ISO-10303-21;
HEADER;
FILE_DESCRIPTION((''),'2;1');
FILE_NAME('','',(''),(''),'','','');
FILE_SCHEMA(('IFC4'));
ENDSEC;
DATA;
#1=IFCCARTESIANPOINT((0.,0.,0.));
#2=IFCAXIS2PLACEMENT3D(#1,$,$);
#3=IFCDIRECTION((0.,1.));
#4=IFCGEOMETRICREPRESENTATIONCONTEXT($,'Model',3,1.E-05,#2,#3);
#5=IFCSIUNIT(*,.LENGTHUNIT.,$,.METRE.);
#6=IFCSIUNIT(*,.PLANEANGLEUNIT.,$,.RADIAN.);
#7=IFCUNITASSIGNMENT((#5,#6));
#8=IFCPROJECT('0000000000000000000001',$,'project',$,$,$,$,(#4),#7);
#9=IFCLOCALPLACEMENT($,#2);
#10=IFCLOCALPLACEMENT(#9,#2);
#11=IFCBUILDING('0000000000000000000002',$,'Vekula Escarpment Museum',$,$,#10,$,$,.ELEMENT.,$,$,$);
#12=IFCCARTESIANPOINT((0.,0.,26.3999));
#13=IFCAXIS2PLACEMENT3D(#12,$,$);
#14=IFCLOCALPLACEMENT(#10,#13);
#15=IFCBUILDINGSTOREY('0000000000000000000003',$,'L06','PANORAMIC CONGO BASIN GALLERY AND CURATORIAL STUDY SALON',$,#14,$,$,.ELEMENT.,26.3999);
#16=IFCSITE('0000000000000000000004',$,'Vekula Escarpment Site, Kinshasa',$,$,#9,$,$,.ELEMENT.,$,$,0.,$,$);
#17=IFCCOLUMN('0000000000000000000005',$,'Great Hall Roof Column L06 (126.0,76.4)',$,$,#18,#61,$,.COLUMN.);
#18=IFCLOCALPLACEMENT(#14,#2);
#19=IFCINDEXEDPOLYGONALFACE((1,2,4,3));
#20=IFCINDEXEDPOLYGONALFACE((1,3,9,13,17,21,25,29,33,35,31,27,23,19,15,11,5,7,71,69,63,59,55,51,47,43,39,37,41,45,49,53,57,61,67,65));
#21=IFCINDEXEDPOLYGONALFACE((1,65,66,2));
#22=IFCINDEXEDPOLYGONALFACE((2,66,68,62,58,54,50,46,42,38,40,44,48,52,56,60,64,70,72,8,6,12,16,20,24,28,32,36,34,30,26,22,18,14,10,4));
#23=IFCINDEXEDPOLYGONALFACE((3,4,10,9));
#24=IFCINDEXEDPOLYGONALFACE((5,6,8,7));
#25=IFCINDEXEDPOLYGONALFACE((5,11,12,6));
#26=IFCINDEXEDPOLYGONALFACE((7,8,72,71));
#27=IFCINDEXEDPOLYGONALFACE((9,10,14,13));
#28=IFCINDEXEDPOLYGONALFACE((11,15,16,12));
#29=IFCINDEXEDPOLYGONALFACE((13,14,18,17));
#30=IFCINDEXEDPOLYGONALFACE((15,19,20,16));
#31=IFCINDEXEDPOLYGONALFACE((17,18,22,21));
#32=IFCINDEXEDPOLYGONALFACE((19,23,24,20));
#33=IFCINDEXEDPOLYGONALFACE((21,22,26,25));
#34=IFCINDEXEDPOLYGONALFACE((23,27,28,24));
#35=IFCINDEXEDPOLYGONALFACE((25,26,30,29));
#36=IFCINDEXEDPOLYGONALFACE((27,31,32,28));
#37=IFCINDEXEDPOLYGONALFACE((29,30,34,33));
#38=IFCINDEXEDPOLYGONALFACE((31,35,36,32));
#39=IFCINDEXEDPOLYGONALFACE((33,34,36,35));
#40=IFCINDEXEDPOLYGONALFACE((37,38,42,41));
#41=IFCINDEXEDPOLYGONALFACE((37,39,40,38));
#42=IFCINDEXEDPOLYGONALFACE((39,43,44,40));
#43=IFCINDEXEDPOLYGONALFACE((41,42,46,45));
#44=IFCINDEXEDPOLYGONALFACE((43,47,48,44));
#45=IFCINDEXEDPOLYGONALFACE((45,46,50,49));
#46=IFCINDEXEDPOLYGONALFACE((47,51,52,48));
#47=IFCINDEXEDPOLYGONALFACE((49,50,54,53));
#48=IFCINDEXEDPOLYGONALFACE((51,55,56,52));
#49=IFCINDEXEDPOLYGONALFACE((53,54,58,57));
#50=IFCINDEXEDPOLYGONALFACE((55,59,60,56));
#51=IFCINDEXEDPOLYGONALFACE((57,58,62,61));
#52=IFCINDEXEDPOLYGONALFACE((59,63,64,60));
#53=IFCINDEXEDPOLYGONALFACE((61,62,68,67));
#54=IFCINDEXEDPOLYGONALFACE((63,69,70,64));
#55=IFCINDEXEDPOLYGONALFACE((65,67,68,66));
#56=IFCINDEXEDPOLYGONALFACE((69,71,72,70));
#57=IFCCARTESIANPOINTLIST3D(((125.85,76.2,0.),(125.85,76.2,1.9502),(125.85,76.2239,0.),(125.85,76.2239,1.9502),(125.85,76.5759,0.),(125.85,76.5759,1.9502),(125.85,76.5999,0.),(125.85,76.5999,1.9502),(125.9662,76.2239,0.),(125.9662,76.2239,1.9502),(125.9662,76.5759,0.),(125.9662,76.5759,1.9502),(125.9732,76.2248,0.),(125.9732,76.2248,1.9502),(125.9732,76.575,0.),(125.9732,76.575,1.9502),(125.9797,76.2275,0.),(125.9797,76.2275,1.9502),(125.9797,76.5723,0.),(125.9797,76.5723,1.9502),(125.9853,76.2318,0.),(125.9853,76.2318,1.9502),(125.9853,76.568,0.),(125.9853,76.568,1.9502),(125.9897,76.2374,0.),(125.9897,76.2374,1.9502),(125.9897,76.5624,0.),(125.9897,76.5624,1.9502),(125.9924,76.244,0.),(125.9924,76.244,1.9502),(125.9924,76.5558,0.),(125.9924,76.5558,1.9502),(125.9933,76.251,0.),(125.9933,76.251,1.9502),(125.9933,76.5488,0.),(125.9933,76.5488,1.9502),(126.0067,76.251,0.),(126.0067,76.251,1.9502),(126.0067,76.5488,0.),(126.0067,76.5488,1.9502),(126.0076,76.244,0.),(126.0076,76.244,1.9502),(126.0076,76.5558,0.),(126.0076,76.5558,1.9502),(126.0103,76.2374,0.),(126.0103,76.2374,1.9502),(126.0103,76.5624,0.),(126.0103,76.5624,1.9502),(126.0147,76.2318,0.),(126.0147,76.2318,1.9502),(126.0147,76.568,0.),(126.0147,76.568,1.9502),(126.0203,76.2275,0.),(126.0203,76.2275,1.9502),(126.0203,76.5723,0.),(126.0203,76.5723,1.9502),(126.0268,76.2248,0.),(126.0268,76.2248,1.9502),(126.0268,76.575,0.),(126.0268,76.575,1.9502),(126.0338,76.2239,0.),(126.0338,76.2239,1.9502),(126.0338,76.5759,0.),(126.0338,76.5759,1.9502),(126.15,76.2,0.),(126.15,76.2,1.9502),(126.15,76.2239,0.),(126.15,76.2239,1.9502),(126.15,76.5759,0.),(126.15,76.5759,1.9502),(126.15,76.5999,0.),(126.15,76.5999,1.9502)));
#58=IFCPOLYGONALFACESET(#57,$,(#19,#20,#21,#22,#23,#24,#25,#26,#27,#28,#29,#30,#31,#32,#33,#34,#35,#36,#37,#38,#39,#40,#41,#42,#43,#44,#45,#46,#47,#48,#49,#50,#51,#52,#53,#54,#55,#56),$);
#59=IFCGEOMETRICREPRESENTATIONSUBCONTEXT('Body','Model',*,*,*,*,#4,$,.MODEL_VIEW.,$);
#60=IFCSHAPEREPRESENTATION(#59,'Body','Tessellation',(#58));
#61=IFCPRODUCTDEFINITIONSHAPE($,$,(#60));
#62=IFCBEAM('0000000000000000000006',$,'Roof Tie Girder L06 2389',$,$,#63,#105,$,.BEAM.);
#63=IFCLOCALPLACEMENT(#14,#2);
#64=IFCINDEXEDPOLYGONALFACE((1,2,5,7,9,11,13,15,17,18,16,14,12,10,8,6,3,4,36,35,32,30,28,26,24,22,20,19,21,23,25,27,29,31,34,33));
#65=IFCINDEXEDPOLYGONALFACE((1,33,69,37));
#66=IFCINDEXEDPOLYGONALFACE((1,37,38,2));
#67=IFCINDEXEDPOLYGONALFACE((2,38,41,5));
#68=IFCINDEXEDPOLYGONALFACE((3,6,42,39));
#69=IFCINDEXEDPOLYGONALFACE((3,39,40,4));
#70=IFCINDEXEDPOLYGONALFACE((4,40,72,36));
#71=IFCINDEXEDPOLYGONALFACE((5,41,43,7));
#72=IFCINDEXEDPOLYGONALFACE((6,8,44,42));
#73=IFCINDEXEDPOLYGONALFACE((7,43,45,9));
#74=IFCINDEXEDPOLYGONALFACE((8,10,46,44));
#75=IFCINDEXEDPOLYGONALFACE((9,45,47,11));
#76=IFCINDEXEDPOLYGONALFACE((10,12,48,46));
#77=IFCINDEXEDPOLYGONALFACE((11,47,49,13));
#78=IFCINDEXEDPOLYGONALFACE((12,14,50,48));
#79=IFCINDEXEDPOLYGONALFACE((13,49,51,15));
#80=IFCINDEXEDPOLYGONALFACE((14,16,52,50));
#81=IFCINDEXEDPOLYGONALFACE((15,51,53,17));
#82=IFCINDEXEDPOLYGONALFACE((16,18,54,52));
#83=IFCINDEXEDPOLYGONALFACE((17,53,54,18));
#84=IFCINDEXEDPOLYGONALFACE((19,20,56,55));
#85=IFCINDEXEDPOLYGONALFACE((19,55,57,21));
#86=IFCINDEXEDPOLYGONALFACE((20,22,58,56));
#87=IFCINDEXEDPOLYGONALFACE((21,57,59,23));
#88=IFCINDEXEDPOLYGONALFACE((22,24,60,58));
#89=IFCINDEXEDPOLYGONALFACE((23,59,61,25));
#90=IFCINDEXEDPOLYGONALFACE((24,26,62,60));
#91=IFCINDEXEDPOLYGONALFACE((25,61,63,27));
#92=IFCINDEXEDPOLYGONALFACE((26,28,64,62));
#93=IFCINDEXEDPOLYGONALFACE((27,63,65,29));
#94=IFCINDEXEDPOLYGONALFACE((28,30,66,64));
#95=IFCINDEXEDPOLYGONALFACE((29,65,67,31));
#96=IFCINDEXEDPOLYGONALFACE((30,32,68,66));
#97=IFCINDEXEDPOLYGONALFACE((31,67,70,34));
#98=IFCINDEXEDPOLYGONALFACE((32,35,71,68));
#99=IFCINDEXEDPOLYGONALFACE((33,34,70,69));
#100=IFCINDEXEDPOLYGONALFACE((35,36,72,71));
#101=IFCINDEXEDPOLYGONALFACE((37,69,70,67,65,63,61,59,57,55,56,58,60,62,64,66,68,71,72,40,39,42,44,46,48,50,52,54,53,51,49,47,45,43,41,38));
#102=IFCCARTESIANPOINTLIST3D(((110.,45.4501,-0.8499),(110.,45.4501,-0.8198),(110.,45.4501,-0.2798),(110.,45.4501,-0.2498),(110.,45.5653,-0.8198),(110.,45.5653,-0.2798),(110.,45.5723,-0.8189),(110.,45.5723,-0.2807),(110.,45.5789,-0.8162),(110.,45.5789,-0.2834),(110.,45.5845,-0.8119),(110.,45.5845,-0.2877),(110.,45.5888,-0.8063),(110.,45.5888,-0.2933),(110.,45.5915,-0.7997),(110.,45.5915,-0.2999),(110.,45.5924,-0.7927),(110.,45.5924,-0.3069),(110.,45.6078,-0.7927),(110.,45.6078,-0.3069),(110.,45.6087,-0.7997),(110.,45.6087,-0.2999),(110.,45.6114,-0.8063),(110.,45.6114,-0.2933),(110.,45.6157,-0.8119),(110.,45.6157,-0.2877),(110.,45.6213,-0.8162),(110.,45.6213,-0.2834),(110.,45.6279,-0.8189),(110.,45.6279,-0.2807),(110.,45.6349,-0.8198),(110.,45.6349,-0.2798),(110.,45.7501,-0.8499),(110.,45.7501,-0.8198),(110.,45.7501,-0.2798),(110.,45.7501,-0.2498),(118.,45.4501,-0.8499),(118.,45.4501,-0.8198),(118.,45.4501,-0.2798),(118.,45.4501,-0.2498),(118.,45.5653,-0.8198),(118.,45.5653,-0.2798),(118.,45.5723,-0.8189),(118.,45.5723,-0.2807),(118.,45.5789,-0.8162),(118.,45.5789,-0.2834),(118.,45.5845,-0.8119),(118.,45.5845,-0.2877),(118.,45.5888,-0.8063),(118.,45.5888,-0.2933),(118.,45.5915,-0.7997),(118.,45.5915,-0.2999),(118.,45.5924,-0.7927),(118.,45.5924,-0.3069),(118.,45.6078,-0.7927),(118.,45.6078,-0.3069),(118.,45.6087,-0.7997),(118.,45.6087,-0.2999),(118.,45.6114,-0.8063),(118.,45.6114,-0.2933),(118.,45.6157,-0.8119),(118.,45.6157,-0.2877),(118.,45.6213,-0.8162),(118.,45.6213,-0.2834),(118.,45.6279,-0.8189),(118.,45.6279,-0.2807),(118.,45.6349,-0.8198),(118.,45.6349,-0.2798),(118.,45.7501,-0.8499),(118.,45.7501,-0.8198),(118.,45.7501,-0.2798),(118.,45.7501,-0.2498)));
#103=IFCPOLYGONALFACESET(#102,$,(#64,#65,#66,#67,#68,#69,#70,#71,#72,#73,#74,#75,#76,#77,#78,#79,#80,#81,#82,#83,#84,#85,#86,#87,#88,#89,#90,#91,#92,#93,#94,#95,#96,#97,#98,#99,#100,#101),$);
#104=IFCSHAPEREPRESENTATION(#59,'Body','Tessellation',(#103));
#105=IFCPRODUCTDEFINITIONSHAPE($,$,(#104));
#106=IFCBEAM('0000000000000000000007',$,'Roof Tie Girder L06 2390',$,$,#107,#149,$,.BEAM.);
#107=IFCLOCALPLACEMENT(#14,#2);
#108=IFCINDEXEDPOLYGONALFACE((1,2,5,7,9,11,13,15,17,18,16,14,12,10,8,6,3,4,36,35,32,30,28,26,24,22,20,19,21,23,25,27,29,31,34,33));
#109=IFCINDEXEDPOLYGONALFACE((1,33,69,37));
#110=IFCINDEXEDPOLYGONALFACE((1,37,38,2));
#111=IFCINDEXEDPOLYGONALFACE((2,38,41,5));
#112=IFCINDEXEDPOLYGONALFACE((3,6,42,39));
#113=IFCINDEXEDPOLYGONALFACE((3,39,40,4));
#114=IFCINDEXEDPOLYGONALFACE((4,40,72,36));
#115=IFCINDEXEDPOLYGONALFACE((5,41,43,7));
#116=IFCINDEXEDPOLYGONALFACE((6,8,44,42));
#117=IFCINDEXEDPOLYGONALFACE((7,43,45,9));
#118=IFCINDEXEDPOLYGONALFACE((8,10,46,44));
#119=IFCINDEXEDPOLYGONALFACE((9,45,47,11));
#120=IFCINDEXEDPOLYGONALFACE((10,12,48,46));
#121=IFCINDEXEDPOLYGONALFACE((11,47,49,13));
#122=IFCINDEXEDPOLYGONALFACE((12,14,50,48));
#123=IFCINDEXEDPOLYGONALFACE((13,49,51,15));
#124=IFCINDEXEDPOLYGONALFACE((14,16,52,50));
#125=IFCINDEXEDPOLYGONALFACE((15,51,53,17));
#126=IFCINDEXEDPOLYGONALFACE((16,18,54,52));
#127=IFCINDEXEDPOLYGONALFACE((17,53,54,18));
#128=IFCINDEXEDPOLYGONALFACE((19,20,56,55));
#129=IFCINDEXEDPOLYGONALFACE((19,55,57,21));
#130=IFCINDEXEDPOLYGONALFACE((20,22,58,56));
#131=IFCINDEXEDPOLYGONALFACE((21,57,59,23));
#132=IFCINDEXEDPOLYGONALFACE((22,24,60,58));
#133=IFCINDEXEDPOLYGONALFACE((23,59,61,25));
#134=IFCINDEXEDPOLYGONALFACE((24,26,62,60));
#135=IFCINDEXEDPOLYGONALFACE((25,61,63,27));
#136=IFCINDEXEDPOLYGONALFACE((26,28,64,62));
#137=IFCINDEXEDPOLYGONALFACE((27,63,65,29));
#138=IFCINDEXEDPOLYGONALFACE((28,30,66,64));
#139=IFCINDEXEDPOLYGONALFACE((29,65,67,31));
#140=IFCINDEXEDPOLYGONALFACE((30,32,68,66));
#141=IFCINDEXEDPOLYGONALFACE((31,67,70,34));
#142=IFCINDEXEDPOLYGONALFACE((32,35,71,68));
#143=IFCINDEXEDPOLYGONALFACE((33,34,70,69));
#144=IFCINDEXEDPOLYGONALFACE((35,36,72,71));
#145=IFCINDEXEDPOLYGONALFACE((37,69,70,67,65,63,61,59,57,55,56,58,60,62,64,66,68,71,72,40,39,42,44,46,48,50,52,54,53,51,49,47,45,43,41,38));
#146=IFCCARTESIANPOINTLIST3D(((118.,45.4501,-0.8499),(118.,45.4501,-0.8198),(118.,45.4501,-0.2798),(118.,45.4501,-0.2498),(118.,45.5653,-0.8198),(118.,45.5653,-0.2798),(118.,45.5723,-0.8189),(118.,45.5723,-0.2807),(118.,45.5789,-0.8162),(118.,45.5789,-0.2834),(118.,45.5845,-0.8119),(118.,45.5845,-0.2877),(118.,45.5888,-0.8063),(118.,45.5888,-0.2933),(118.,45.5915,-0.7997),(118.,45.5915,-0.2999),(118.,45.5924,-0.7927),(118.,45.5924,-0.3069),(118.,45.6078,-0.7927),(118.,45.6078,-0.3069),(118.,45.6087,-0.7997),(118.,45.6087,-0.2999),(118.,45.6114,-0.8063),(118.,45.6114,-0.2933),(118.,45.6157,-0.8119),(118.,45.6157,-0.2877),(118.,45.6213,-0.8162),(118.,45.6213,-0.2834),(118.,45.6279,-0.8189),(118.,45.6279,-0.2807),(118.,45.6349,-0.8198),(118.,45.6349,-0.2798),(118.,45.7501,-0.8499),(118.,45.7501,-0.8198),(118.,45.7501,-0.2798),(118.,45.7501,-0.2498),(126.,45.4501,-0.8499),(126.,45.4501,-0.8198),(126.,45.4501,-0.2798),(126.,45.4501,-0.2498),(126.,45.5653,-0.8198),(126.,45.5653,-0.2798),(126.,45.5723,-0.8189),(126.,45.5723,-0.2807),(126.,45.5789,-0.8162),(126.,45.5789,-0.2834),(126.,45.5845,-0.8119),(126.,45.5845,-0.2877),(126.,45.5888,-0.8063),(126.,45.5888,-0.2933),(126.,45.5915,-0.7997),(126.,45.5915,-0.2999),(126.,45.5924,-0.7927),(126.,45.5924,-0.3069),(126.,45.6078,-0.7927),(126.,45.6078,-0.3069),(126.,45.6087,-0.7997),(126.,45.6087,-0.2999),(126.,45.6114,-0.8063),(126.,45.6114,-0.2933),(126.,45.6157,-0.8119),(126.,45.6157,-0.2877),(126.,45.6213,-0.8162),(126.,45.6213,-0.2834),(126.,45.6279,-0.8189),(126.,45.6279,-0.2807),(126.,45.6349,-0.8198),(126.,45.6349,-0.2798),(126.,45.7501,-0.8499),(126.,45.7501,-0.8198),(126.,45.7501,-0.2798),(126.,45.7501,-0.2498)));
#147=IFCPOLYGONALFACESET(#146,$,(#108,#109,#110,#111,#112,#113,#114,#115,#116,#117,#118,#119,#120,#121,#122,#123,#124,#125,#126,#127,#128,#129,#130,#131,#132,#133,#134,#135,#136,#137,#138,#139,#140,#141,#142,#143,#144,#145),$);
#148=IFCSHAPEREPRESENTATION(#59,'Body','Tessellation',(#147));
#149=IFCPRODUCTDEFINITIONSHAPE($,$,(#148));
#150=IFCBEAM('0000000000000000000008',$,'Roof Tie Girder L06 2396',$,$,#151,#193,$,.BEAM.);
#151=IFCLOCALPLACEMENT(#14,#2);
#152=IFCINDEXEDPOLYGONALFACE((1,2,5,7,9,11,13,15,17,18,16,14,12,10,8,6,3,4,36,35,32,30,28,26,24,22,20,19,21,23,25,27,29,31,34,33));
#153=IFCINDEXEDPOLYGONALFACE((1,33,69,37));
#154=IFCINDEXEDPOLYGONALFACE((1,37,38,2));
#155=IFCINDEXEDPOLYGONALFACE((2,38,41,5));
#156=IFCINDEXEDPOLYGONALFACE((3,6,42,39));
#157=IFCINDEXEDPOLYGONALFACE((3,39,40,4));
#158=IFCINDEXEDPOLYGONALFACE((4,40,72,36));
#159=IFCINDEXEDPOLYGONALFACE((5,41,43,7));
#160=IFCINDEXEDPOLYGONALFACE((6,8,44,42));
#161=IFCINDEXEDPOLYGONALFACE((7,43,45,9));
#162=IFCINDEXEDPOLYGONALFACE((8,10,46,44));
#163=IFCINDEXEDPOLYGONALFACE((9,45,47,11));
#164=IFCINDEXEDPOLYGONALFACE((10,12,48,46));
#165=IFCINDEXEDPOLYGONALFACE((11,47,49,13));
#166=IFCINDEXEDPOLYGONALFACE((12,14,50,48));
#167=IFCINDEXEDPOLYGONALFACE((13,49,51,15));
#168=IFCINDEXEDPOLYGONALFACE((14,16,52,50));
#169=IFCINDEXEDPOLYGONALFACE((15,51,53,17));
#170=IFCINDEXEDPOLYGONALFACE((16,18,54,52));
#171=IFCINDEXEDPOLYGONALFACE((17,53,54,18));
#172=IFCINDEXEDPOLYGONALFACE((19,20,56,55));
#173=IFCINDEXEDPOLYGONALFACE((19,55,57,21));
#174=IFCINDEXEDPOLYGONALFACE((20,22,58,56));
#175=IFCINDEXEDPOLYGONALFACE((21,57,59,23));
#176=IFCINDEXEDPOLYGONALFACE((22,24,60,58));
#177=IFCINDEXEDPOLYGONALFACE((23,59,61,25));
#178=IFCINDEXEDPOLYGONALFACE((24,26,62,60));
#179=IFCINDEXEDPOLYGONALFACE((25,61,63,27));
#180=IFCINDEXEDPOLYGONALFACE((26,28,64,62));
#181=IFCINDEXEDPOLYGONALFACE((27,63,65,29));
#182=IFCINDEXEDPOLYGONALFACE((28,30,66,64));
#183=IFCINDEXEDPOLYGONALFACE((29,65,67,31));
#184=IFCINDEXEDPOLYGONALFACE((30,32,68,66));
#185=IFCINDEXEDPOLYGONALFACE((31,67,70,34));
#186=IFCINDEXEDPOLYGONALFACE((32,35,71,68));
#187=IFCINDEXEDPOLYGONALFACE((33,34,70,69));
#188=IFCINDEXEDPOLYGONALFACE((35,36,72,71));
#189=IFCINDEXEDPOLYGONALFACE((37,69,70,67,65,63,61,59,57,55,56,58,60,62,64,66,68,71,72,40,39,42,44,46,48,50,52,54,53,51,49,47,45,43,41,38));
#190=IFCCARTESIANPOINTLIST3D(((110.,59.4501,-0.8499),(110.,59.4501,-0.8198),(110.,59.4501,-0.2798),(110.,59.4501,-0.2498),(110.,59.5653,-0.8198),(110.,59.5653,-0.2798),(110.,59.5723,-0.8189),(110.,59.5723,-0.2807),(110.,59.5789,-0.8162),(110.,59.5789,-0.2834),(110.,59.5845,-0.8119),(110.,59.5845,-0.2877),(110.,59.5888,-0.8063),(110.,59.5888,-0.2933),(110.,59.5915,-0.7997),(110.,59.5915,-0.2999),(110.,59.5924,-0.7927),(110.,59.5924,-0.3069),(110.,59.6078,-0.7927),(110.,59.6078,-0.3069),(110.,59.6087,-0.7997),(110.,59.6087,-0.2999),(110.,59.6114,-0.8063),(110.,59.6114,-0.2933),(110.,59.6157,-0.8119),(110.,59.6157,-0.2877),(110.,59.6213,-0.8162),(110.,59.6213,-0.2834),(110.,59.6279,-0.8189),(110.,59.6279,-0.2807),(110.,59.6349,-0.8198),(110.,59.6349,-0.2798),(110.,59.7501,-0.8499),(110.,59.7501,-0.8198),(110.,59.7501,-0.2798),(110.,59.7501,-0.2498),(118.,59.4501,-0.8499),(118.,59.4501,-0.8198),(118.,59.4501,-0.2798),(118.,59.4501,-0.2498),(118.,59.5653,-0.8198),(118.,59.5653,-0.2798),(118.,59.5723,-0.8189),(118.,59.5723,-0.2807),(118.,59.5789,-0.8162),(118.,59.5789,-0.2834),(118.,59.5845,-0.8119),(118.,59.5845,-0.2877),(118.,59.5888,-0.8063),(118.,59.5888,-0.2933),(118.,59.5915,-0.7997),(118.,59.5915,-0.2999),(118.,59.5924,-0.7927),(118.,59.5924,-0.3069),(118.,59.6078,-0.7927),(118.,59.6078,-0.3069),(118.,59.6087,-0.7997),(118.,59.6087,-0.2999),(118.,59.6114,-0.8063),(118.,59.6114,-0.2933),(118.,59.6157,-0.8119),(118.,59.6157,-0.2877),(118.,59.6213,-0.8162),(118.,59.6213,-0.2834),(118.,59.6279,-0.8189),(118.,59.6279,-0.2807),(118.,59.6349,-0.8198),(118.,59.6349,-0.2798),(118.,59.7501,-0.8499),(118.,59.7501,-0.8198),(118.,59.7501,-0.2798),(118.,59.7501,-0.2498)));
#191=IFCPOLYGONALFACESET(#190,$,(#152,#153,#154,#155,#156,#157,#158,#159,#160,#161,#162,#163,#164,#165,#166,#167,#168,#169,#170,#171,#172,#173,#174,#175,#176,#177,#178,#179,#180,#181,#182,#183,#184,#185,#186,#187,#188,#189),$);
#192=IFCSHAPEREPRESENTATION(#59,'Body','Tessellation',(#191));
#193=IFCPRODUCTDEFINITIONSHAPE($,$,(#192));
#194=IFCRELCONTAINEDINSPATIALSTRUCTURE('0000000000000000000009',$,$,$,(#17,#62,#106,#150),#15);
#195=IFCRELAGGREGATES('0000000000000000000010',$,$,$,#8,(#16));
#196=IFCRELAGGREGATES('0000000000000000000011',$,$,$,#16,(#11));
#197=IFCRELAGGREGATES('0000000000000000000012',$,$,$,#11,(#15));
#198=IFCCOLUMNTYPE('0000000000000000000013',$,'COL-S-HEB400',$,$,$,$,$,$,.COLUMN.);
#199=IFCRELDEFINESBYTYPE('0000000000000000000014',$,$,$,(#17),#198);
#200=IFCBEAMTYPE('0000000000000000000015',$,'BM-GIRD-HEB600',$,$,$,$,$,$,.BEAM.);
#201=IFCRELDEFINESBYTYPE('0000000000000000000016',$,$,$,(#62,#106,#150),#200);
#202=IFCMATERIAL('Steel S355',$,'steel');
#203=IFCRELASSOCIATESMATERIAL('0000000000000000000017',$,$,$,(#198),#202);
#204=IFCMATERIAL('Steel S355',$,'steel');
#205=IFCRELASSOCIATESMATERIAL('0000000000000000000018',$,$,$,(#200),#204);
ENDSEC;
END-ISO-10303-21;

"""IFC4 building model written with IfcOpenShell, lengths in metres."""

from ifc_helpers import new_model, si_unit, direction, frame, origin, origin_2d, place, context, subcontext, project, spatial, i_section, extrude, material, material_profile, profile_set, type_object, element, save


model = new_model("IFC4")

# Units and contexts
model_context = context("Model", 3, precision=1e-05, world=origin(), true_north=direction((0.0, 1.0)))
body_context = subcontext(model_context, "Body", "Model", "MODEL_VIEW")
ifc_project = project(units=[si_unit("LENGTHUNIT", "METRE"), si_unit("PLANEANGLEUNIT", "RADIAN")], contexts=[model_context])

# Site, building, storey
site_placement = place(None, origin())
site = spatial("IfcSite", under=ifc_project, at=site_placement, Name="Vekula Escarpment Site, Kinshasa", CompositionType="ELEMENT", RefElevation=0.0)
building_placement = place(site_placement, origin())
building = spatial("IfcBuilding", under=site, at=building_placement, Name="Vekula Escarpment Museum", CompositionType="ELEMENT")
storey_placement = place(building_placement, frame((0.0, 0.0, 26.3999)))
storey = spatial("IfcBuildingStorey", under=building, at=storey_placement, Name="L06", Description="PANORAMIC CONGO BASIN GALLERY AND CURATORIAL STUDY SALON", CompositionType="ELEMENT", Elevation=26.3999)

# Column
ifc_material_1 = material(Name="Steel S355", Category="steel")
ifc_material_profile_1 = material_profile(ifc_material_1, i_section(OverallWidth=0.3, OverallDepth=0.3999, WebThickness=0.0134, FlangeThickness=0.0239, FilletRadius=0.0271, at=origin_2d()), Name="HEB 400")
ifc_profile_set_1 = profile_set([ifc_material_profile_1], Name="Steel S355")
column_type = type_object("IfcColumnType", Name="COL-S-HEB400", PredefinedType="COLUMN", material=ifc_profile_set_1)
for number, where, z_axis, x_axis, name in (
    (1, (126.0, 76.3999, 0.0), (0.0, 0.0, 1.0), (1.0, 0.0, 0.0), "Great Hall Roof Column L06 (126.0,76.4)"),
):
    element("IfcColumn", number, at=place(storey_placement, frame(where, z_axis=z_axis, x_axis=x_axis)), inside=storey, type_object=column_type, Name=name, PredefinedType="COLUMN", context=body_context, shape_type="SweptSolid", body=[
        extrude(i_section(OverallWidth=0.3, OverallDepth=0.3999, WebThickness=0.0134, FlangeThickness=0.0239, FilletRadius=0.0271, at=origin_2d()), origin(), (0.0, 0.0, 1.0), 1.9502),
    ])

# Beams
ifc_material_2 = material(Name="Steel S355", Category="steel")
ifc_material_profile_2 = material_profile(ifc_material_2, i_section(OverallWidth=0.3, OverallDepth=0.6001, WebThickness=0.0154, FlangeThickness=0.03, FilletRadius=0.0271, at=origin_2d()), Name="HEB 600")
ifc_profile_set_2 = profile_set([ifc_material_profile_2], Name="Steel S355")
beam_type_1 = type_object("IfcBeamType", Name="BM-GIRD-HEB600", PredefinedType="BEAM", material=ifc_profile_set_2)
for number, where, z_axis, x_axis, name in (
    (2, (110.0, 45.6001, -0.5498), (1.0, 0.0, 0.0), (0.0, 1.0, 0.0), "Roof Tie Girder L06 2389"),
    (3, (118.0, 45.6001, -0.5498), (1.0, 0.0, 0.0), (0.0, 1.0, 0.0), "Roof Tie Girder L06 2390"),
    (4, (110.0, 59.6001, -0.5498), (1.0, 0.0, 0.0), (0.0, 1.0, 0.0), "Roof Tie Girder L06 2396"),
):
    element("IfcBeam", number, at=place(storey_placement, frame(where, z_axis=z_axis, x_axis=x_axis)), inside=storey, type_object=beam_type_1, Name=name, PredefinedType="BEAM", context=body_context, shape_type="SweptSolid", body=[
        extrude(i_section(OverallWidth=0.3, OverallDepth=0.6001, WebThickness=0.0154, FlangeThickness=0.03, FilletRadius=0.0271, at=origin_2d()), origin(), (0.0, 0.0, 1.0), 8.0),
    ])

save(model, "model.ifc")
